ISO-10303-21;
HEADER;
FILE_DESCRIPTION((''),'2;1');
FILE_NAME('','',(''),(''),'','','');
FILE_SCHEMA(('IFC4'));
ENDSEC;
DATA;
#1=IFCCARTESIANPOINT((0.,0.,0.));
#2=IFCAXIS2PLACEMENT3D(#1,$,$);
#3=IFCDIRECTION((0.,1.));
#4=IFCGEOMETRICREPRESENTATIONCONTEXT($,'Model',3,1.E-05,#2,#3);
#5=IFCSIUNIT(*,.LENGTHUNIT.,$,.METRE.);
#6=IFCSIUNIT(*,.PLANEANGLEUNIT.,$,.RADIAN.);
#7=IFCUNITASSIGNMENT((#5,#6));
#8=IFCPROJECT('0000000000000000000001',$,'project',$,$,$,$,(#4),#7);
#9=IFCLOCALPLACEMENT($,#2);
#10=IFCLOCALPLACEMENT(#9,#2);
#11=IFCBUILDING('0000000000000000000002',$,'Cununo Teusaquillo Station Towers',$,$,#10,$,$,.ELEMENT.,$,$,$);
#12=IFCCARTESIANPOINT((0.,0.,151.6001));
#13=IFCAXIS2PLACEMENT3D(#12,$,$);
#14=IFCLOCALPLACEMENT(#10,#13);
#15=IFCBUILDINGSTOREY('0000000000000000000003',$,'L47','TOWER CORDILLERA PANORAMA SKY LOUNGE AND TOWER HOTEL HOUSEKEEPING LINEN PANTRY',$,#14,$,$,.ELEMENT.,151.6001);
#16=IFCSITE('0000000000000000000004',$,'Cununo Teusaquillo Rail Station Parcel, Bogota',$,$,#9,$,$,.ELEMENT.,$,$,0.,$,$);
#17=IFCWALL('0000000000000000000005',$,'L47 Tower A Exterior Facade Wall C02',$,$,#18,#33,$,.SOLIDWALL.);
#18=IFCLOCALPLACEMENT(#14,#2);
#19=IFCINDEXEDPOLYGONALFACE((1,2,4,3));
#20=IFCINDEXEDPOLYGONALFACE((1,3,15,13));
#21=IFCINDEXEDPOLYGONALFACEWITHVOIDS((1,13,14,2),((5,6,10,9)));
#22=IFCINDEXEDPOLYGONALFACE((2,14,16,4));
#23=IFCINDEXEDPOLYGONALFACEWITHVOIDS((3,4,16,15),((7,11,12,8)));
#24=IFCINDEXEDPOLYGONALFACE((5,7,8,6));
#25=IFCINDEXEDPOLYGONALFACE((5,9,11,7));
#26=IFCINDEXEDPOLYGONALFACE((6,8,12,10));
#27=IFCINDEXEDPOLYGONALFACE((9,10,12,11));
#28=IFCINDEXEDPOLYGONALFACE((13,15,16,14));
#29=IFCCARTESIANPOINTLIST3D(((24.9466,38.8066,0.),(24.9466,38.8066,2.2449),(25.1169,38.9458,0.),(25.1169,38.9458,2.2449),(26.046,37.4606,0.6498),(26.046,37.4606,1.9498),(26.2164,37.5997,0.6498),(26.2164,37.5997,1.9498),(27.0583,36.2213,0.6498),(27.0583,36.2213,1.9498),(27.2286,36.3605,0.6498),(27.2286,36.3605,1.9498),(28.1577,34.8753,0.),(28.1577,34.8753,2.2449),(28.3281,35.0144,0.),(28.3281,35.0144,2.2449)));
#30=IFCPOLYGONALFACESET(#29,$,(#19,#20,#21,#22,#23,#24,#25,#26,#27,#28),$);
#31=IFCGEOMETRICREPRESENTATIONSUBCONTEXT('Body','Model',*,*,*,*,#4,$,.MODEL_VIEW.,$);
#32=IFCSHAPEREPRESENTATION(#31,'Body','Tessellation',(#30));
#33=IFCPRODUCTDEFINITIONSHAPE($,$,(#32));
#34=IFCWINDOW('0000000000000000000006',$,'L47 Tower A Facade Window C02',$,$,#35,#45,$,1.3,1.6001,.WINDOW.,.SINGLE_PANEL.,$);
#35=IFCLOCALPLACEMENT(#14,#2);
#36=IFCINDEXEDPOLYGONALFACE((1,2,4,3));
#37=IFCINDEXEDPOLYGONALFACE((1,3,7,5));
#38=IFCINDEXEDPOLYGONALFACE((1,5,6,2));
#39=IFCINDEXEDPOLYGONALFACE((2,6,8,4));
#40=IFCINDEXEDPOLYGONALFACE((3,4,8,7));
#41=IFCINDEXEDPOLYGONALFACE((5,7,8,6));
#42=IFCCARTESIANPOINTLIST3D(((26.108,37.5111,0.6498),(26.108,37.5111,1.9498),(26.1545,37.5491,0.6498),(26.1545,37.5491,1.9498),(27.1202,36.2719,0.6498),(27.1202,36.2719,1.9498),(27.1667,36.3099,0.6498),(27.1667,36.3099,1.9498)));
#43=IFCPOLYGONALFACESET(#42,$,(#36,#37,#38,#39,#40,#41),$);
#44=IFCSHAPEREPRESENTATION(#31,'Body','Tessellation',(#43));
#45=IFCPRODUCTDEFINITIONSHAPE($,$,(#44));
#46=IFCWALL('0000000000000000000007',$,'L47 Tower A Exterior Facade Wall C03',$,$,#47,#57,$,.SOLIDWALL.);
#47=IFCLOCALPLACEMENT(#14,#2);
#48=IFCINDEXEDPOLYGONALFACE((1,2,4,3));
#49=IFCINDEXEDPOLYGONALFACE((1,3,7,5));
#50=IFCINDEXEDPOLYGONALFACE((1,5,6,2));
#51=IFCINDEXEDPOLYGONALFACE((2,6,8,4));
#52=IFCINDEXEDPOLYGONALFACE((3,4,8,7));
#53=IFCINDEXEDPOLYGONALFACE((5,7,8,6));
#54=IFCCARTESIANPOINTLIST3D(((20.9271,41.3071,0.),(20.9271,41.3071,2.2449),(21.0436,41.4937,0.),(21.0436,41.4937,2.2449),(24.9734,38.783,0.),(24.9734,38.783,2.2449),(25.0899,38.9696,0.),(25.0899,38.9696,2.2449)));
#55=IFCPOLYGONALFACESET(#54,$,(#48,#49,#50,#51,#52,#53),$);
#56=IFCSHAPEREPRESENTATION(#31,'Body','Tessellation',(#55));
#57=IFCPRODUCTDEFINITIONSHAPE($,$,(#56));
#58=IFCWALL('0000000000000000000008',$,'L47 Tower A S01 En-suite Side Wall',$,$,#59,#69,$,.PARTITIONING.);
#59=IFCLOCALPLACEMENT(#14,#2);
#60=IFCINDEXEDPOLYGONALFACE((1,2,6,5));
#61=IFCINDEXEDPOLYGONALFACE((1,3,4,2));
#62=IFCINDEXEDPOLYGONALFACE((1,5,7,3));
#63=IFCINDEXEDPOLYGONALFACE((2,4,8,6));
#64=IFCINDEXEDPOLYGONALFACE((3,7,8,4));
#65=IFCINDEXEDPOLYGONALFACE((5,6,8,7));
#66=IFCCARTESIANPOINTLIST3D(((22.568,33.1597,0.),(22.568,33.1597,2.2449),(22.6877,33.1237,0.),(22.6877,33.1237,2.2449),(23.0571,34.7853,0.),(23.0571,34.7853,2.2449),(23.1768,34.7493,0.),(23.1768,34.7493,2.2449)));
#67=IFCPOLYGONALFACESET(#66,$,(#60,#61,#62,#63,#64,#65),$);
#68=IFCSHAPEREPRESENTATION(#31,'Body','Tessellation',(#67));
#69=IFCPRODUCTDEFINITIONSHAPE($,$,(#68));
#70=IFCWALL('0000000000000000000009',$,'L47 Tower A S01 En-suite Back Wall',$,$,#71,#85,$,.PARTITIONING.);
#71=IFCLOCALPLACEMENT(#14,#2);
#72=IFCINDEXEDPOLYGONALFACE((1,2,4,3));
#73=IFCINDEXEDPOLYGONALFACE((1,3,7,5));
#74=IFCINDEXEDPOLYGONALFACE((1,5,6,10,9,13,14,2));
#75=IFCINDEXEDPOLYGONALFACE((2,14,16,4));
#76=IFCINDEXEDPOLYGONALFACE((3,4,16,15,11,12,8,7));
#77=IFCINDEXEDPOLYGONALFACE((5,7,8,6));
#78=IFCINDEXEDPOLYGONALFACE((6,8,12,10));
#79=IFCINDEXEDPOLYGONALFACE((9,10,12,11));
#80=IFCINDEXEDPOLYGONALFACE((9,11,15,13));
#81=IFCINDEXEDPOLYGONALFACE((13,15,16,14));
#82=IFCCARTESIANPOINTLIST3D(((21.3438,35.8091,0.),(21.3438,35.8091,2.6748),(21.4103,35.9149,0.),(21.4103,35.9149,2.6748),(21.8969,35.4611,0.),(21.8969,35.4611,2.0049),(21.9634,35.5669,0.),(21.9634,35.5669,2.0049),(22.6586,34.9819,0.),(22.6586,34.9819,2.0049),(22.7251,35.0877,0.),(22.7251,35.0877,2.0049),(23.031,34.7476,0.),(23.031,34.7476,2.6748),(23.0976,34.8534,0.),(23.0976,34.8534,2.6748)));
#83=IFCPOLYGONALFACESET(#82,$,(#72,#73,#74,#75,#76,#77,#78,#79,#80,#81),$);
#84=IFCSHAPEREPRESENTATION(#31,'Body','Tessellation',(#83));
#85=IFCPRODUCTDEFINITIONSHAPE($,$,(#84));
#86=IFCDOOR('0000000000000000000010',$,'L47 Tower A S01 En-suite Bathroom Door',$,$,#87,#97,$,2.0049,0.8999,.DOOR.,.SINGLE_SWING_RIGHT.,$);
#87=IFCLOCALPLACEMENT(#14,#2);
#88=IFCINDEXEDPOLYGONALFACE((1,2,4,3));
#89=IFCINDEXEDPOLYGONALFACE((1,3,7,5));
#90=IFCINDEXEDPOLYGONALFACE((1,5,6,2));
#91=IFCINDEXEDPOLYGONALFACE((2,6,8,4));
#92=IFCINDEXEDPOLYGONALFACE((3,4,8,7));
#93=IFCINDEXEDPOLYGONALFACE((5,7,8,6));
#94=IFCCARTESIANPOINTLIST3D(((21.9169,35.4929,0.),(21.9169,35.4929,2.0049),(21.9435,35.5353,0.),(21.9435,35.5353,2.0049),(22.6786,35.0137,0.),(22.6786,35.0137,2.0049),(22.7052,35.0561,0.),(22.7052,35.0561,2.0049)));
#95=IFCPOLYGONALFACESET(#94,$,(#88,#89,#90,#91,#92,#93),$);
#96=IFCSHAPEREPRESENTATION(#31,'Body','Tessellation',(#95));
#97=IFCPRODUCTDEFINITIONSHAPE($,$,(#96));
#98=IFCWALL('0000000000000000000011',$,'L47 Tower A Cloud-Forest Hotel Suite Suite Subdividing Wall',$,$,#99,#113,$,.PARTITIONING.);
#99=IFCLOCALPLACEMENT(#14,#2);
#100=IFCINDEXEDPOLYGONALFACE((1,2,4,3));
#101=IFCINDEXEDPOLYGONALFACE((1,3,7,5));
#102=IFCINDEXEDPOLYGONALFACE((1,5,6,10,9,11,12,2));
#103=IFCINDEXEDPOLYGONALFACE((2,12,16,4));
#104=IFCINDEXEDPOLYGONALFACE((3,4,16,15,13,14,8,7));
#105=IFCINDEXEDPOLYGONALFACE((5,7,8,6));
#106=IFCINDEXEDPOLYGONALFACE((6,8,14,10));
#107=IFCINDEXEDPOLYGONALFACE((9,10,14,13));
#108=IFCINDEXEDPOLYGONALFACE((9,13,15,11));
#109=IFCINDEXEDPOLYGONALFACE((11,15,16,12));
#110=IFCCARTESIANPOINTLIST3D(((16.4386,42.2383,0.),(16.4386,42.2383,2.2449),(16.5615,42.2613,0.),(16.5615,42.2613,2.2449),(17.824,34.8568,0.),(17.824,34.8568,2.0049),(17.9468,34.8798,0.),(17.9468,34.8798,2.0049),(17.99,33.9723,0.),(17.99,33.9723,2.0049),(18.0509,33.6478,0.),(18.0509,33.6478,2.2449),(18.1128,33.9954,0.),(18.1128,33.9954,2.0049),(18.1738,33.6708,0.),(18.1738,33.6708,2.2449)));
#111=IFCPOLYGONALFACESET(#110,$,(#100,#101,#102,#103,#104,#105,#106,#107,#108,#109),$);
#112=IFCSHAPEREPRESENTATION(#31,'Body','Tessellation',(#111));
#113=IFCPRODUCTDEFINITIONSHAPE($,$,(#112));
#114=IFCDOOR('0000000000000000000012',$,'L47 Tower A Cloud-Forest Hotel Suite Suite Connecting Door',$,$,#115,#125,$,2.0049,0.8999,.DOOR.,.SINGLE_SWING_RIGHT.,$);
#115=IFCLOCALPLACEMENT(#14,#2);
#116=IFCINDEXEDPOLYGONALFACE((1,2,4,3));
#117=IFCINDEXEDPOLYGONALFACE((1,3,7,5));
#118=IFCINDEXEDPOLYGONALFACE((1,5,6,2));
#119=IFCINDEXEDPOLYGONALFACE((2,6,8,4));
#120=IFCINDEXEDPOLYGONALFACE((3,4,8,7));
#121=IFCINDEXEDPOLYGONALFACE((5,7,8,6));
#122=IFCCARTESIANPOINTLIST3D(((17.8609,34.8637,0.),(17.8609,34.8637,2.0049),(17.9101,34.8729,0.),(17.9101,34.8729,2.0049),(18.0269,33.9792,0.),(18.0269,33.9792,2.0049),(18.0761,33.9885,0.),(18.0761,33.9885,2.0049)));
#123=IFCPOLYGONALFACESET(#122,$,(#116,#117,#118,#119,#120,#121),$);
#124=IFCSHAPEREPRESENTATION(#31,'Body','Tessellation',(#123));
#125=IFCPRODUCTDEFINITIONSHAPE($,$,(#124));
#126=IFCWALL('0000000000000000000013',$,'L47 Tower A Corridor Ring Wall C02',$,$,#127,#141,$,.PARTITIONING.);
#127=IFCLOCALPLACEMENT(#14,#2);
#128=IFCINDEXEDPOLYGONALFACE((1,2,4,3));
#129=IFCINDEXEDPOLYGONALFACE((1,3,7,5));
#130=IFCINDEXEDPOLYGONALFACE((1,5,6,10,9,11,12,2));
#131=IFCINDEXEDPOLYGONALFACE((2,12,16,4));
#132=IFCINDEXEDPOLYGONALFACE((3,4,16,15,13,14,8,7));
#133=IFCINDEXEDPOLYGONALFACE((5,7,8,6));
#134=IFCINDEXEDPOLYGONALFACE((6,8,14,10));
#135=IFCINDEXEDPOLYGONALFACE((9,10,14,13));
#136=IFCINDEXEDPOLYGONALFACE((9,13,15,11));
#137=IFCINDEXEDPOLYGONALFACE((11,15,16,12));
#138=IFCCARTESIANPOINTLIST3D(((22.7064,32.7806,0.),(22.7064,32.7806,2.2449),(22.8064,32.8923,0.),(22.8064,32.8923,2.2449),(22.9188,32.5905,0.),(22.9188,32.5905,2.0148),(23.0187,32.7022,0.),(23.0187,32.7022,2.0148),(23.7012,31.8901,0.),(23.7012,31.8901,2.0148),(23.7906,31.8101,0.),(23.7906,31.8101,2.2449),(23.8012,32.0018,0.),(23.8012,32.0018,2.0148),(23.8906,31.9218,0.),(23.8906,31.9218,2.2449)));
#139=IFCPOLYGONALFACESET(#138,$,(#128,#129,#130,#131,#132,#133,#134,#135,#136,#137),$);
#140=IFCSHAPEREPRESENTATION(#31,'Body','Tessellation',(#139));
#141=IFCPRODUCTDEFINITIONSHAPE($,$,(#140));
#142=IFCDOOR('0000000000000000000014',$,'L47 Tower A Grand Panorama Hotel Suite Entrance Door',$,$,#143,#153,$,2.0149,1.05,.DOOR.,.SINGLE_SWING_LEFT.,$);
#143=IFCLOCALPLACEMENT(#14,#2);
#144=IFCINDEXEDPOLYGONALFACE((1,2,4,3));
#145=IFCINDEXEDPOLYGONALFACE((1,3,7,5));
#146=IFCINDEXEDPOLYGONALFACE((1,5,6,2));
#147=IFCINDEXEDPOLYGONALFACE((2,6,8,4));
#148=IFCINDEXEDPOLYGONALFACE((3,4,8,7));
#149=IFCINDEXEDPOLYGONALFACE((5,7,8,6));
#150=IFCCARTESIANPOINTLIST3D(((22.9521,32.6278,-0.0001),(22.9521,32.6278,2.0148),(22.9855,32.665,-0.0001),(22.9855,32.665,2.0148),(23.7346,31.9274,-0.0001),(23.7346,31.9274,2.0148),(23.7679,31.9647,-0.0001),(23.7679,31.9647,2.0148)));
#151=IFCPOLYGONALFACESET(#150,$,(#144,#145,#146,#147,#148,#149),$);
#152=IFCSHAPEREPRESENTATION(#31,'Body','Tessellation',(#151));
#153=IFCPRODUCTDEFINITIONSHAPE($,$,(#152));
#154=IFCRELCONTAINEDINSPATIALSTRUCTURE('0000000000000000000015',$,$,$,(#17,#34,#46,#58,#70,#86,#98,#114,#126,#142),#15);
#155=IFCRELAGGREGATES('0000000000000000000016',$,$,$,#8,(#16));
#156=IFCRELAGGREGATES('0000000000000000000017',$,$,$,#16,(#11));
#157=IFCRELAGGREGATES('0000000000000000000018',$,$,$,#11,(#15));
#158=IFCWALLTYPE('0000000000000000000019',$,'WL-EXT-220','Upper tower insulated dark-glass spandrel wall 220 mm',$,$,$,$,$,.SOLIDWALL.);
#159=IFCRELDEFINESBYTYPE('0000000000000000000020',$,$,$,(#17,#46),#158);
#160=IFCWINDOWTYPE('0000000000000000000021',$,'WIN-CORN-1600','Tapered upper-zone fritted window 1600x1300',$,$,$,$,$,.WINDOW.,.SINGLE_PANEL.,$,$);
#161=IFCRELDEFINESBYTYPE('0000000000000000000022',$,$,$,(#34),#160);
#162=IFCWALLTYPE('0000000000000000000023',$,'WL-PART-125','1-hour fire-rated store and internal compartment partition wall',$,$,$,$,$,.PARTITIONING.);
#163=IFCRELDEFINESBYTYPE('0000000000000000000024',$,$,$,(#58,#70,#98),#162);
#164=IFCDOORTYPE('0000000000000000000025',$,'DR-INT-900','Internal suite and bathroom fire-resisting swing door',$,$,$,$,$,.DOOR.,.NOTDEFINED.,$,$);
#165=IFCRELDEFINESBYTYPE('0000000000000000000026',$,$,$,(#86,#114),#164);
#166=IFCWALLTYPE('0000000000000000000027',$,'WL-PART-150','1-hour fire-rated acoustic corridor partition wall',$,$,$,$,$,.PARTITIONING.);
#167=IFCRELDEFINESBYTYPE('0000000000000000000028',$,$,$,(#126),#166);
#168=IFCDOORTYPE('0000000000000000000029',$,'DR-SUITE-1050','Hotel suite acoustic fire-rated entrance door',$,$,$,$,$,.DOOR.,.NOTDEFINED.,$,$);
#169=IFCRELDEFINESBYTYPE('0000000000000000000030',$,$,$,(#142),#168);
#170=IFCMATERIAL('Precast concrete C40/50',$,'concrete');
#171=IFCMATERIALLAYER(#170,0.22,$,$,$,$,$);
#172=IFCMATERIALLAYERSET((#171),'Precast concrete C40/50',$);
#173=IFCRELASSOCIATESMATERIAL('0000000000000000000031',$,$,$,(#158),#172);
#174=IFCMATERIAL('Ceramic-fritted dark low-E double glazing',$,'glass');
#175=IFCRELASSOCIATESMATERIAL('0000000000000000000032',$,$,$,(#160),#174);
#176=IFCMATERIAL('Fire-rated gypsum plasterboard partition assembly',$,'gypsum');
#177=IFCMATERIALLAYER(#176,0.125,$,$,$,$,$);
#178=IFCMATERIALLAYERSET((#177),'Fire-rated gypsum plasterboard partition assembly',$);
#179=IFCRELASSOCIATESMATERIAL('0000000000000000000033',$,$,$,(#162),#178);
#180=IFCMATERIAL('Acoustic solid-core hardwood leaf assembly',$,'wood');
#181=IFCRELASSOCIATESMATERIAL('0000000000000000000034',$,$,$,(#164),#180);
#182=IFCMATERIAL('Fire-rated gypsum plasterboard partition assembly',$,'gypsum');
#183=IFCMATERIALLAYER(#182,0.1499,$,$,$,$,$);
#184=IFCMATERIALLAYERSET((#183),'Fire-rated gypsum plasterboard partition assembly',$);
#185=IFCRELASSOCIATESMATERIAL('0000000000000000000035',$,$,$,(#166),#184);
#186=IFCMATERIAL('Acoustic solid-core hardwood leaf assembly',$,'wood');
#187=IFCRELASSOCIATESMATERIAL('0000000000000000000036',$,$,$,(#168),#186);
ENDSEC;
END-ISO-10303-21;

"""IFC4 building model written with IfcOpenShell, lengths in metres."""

from ifc_helpers import new_model, si_unit, direction, frame, frame_2d, origin, place, context, subcontext, project, spatial, rectangle, extrude, source, transform, mapped, material, layer, layer_set, type_object, element, fill, save


model = new_model("IFC4")

# Units and contexts
model_context = context("Model", 3, precision=1e-05, world=origin(), true_north=direction((0.0, 1.0)))
body_context = subcontext(model_context, "Body", "Model", "MODEL_VIEW")
ifc_project = project(units=[si_unit("LENGTHUNIT", "METRE"), si_unit("PLANEANGLEUNIT", "RADIAN")], contexts=[model_context])

# Site, building, storey
site_placement = place(None, origin())
site = spatial("IfcSite", under=ifc_project, at=site_placement, Name="Cununo Teusaquillo Rail Station Parcel, Bogota", CompositionType="ELEMENT", RefElevation=0.0)
building_placement = place(site_placement, origin())
building = spatial("IfcBuilding", under=site, at=building_placement, Name="Cununo Teusaquillo Station Towers", CompositionType="ELEMENT")
storey_placement = place(building_placement, frame((0.0, 0.0, 151.6001)))
storey = spatial("IfcBuildingStorey", under=building, at=storey_placement, Name="L47", Description="TOWER CORDILLERA PANORAMA SKY LOUNGE AND TOWER HOTEL HOUSEKEEPING LINEN PANTRY", CompositionType="ELEMENT", Elevation=151.6001)

# Shared definitions
ifc_material_1 = material(Name="Precast concrete C40/50", Category="concrete")
ifc_layer_1 = layer(ifc_material_1, 0.22)
ifc_layer_set_1 = layer_set([ifc_layer_1], Name="Precast concrete C40/50")
wall_type_1 = type_object("IfcWallType", Name="WL-EXT-220", Description="Upper tower insulated dark-glass spandrel wall 220 mm", PredefinedType="SOLIDWALL", material=ifc_layer_set_1)

# Wall, opening, window
wall_1_placement = place(storey_placement, frame((25.0317, 38.8762, 0.0), z_axis=(0.0, 0.0, 1.0), x_axis=(0.632599, -0.77448, 0.0)))
wall_1 = element("IfcWall", 1, at=wall_1_placement, inside=storey, type_object=wall_type_1, Name="L47 Tower A Exterior Facade Wall C02", PredefinedType="SOLIDWALL", context=body_context, shape_type="SweptSolid", body=[
    extrude(rectangle(XDim=5.0762, YDim=0.22, at=frame_2d((2.5381, 0.0))), origin(), (0.0, 0.0, 1.0), 2.2449),
])
shared_shape_1 = source(origin(), body_context, "Body", "SweptSolid", [
    extrude(rectangle(XDim=1.6001, YDim=1.3, at=frame_2d((0.8, 0.6499))), frame((0.0, 0.1199, 0.0), z_axis=(0.0, -1.0, 0.0), x_axis=(1.0, 0.0, 0.0)), (0.0, 0.0, 1.0), 0.24),
])
opening_1_placement = place(wall_1_placement, frame((1.738, 0.0, 0.6499)))
opening_1 = element("IfcOpeningElement", 2, at=opening_1_placement, cuts=wall_1, PredefinedType="OPENING", context=body_context, shape_type="MappedRepresentation", body=[
    mapped(shared_shape_1, transform((0.0, 0.0, 0.0), x_axis=(1.0, 0.0, 0.0), y_axis=(0.0, 1.0, 0.0), z_axis=(0.0, 0.0, 1.0), scale=1.0)),
])
ifc_material_2 = material(Name="Ceramic-fritted dark low-E double glazing", Category="glass")
window_type = type_object("IfcWindowType", Name="WIN-CORN-1600", Description="Tapered upper-zone fritted window 1600x1300", PartitioningType="SINGLE_PANEL", PredefinedType="WINDOW", material=ifc_material_2)
shared_shape_2 = source(origin(), body_context, "Body", "SweptSolid", [
    extrude(rectangle(XDim=1.6001, YDim=1.3, at=frame_2d((0.8, 0.6499))), frame((0.0, 0.03, 0.0), z_axis=(0.0, -1.0, 0.0), x_axis=(1.0, 0.0, 0.0)), (0.0, 0.0, 1.0), 0.0601),
])
window_placement = place(opening_1_placement, origin())
window = element("IfcWindow", 3, at=window_placement, inside=storey, type_object=window_type, Name="L47 Tower A Facade Window C02", OverallHeight=1.3, OverallWidth=1.6001, PartitioningType="SINGLE_PANEL", PredefinedType="WINDOW", context=body_context, shape_type="MappedRepresentation", body=[
    mapped(shared_shape_2, transform((0.0, 0.0, 0.0), x_axis=(1.0, 0.0, 0.0), y_axis=(0.0, 1.0, 0.0), z_axis=(0.0, 0.0, 1.0), scale=1.0)),
])
fill(opening_1, window)

# Walls
wall_2_placement = place(storey_placement, frame((20.9854, 41.4004, 0.0), z_axis=(0.0, 0.0, 1.0), x_axis=(0.848452, -0.529272, 0.0)))
element("IfcWall", 4, at=wall_2_placement, inside=storey, type_object=wall_type_1, Name="L47 Tower A Exterior Facade Wall C03", PredefinedType="SOLIDWALL", context=body_context, shape_type="SweptSolid", body=[
    extrude(rectangle(XDim=4.769, YDim=0.22, at=frame_2d((2.3845, 0.0))), origin(), (0.0, 0.0, 1.0), 2.2449),
])
ifc_material_3 = material(Name="Fire-rated gypsum plasterboard partition assembly", Category="gypsum")
ifc_layer_2 = layer(ifc_material_3, 0.125)
ifc_layer_set_2 = layer_set([ifc_layer_2], Name="Fire-rated gypsum plasterboard partition assembly")
wall_type_2 = type_object("IfcWallType", Name="WL-PART-125", Description="1-hour fire-rated store and internal compartment partition wall", PredefinedType="PARTITIONING", material=ifc_layer_set_2)
wall_3_placement = place(storey_placement, frame((22.6279, 33.1418, 0.0), z_axis=(0.0, 0.0, 1.0), x_axis=(0.288087, 0.957604, 0.0)))
element("IfcWall", 5, at=wall_3_placement, inside=storey, type_object=wall_type_2, Name="L47 Tower A S01 En-suite Side Wall", PredefinedType="PARTITIONING", context=body_context, shape_type="SweptSolid", body=[
    extrude(rectangle(XDim=1.6975, YDim=0.125, at=frame_2d((0.8486, 0.0))), origin(), (0.0, 0.0, 1.0), 2.2449),
])

# Walls, openings, doors
wall_4_placement = place(storey_placement, frame((23.0642, 34.8005, 0.0), z_axis=(0.0, 0.0, 1.0), x_axis=(-0.846419, 0.532518, 0.0)))
wall_4 = element("IfcWall", 6, at=wall_4_placement, inside=storey, type_object=wall_type_2, Name="L47 Tower A S01 En-suite Back Wall", PredefinedType="PARTITIONING", context=body_context, shape_type="SweptSolid", body=[
    extrude(rectangle(XDim=1.9934, YDim=0.125, at=frame_2d((0.9966, 0.0))), origin(), (0.0, 0.0, 1.0), 2.6748),
])
shared_shape_3 = source(origin(), body_context, "Body", "SweptSolid", [
    extrude(rectangle(XDim=0.8999, YDim=2.0049, at=frame_2d((0.45, 1.0024))), frame((0.0, 0.0725, 0.0), z_axis=(0.0, -1.0, 0.0), x_axis=(1.0, 0.0, 0.0)), (0.0, 0.0, 1.0), 0.145),
])
opening_2_placement = place(wall_4_placement, frame((0.4399, 0.0, 0.0)))
opening_2 = element("IfcOpeningElement", 7, at=opening_2_placement, cuts=wall_4, PredefinedType="OPENING", context=body_context, shape_type="MappedRepresentation", body=[
    mapped(shared_shape_3, transform((0.0, 0.0, 0.0), x_axis=(1.0, 0.0, 0.0), y_axis=(0.0, 1.0, 0.0), z_axis=(0.0, 0.0, 1.0), scale=1.0)),
])
ifc_material_4 = material(Name="Acoustic solid-core hardwood leaf assembly", Category="wood")
door_type_1 = type_object("IfcDoorType", Name="DR-INT-900", Description="Internal suite and bathroom fire-resisting swing door", OperationType="NOTDEFINED", PredefinedType="DOOR", material=ifc_material_4)
shared_shape_4 = source(origin(), body_context, "Body", "SweptSolid", [
    extrude(rectangle(XDim=0.8999, YDim=2.0049, at=frame_2d((0.45, 1.0024))), frame((0.0, 0.0249, 0.0), z_axis=(0.0, -1.0, 0.0), x_axis=(1.0, 0.0, 0.0)), (0.0, 0.0, 1.0), 0.05),
])
door_1_placement = place(opening_2_placement, origin())
door_1 = element("IfcDoor", 8, at=door_1_placement, inside=storey, type_object=door_type_1, Name="L47 Tower A S01 En-suite Bathroom Door", OperationType="SINGLE_SWING_RIGHT", OverallHeight=2.0049, OverallWidth=0.8999, PredefinedType="DOOR", context=body_context, shape_type="MappedRepresentation", body=[
    mapped(shared_shape_4, transform((0.0, 0.0, 0.0), x_axis=(1.0, 0.0, 0.0), y_axis=(0.0, 1.0, 0.0), z_axis=(0.0, 0.0, 1.0), scale=1.0)),
])
fill(opening_2, door_1)
wall_5_placement = place(storey_placement, frame((18.1123, 33.6594, 0.0), z_axis=(0.0, 0.0, 1.0), x_axis=(-0.184462, 0.98284, 0.0)))
wall_5 = element("IfcWall", 9, at=wall_5_placement, inside=storey, type_object=wall_type_2, Name="L47 Tower A Cloud-Forest Hotel Suite Suite Subdividing Wall", PredefinedType="PARTITIONING", context=body_context, shape_type="SweptSolid", body=[
    extrude(rectangle(XDim=8.7405, YDim=0.125, at=frame_2d((4.3701, 0.0))), origin(), (0.0, 0.0, 1.0), 2.2449),
])
opening_3_placement = place(wall_5_placement, frame((0.3301, 0.0, 0.0)))
opening_3 = element("IfcOpeningElement", 10, at=opening_3_placement, cuts=wall_5, PredefinedType="OPENING", context=body_context, shape_type="MappedRepresentation", body=[
    mapped(shared_shape_3, transform((0.0, 0.0, 0.0), x_axis=(1.0, 0.0, 0.0), y_axis=(0.0, 1.0, 0.0), z_axis=(0.0, 0.0, 1.0), scale=1.0)),
])
door_2_placement = place(opening_3_placement, origin())
door_2 = element("IfcDoor", 11, at=door_2_placement, inside=storey, type_object=door_type_1, Name="L47 Tower A Cloud-Forest Hotel Suite Suite Connecting Door", OperationType="SINGLE_SWING_RIGHT", OverallHeight=2.0049, OverallWidth=0.8999, PredefinedType="DOOR", context=body_context, shape_type="MappedRepresentation", body=[
    mapped(shared_shape_4, transform((0.0, 0.0, 0.0), x_axis=(1.0, 0.0, 0.0), y_axis=(0.0, 1.0, 0.0), z_axis=(0.0, 0.0, 1.0), scale=1.0)),
])
fill(opening_3, door_2)
ifc_material_5 = material(Name="Fire-rated gypsum plasterboard partition assembly", Category="gypsum")
ifc_layer_3 = layer(ifc_material_5, 0.1499)
ifc_layer_set_3 = layer_set([ifc_layer_3], Name="Fire-rated gypsum plasterboard partition assembly")
wall_type_3 = type_object("IfcWallType", Name="WL-PART-150", Description="1-hour fire-rated acoustic corridor partition wall", PredefinedType="PARTITIONING", material=ifc_layer_set_3)
wall_6_placement = place(storey_placement, frame((23.8406, 31.866, 0.0), z_axis=(0.0, 0.0, 1.0), x_axis=(-0.745118, 0.666932, 0.0)))
wall_6 = element("IfcWall", 12, at=wall_6_placement, inside=storey, type_object=wall_type_3, Name="L47 Tower A Corridor Ring Wall C02", PredefinedType="PARTITIONING", context=body_context, shape_type="SweptSolid", body=[
    extrude(rectangle(XDim=1.4551, YDim=0.1499, at=frame_2d((0.7275, 0.0))), origin(), (0.0, 0.0, 1.0), 2.2449),
])
shared_shape_5 = source(origin(), body_context, "Body", "SweptSolid", [
    extrude(rectangle(XDim=1.05, YDim=2.0149, at=frame_2d((0.5249, 1.0073))), frame((0.0, 0.085, 0.0), z_axis=(0.0, -1.0, 0.0), x_axis=(1.0, 0.0, 0.0)), (0.0, 0.0, 1.0), 0.1699),
])
opening_4_placement = place(wall_6_placement, frame((0.1201, 0.0, 0.0)))
opening_4 = element("IfcOpeningElement", 13, at=opening_4_placement, cuts=wall_6, PredefinedType="OPENING", context=body_context, shape_type="MappedRepresentation", body=[
    mapped(shared_shape_5, transform((0.0, 0.0, 0.0), x_axis=(1.0, 0.0, 0.0), y_axis=(0.0, 1.0, 0.0), z_axis=(0.0, 0.0, 1.0), scale=1.0)),
])
ifc_material_6 = material(Name="Acoustic solid-core hardwood leaf assembly", Category="wood")
door_type_2 = type_object("IfcDoorType", Name="DR-SUITE-1050", Description="Hotel suite acoustic fire-rated entrance door", OperationType="NOTDEFINED", PredefinedType="DOOR", material=ifc_material_6)
shared_shape_6 = source(origin(), body_context, "Body", "SweptSolid", [
    extrude(rectangle(XDim=1.05, YDim=2.0149, at=frame_2d((0.5249, 1.0073))), frame((0.0, 0.0249, 0.0), z_axis=(0.0, -1.0, 0.0), x_axis=(1.0, 0.0, 0.0)), (0.0, 0.0, 1.0), 0.05),
])
door_3_placement = place(opening_4_placement, origin())
door_3 = element("IfcDoor", 14, at=door_3_placement, inside=storey, type_object=door_type_2, Name="L47 Tower A Grand Panorama Hotel Suite Entrance Door", OperationType="SINGLE_SWING_LEFT", OverallHeight=2.0149, OverallWidth=1.05, PredefinedType="DOOR", context=body_context, shape_type="MappedRepresentation", body=[
    mapped(shared_shape_6, transform((0.0, 0.0, 0.0), x_axis=(1.0, 0.0, 0.0), y_axis=(0.0, 1.0, 0.0), z_axis=(0.0, 0.0, 1.0), scale=1.0)),
])
fill(opening_4, door_3)

save(model, "model.ifc")
